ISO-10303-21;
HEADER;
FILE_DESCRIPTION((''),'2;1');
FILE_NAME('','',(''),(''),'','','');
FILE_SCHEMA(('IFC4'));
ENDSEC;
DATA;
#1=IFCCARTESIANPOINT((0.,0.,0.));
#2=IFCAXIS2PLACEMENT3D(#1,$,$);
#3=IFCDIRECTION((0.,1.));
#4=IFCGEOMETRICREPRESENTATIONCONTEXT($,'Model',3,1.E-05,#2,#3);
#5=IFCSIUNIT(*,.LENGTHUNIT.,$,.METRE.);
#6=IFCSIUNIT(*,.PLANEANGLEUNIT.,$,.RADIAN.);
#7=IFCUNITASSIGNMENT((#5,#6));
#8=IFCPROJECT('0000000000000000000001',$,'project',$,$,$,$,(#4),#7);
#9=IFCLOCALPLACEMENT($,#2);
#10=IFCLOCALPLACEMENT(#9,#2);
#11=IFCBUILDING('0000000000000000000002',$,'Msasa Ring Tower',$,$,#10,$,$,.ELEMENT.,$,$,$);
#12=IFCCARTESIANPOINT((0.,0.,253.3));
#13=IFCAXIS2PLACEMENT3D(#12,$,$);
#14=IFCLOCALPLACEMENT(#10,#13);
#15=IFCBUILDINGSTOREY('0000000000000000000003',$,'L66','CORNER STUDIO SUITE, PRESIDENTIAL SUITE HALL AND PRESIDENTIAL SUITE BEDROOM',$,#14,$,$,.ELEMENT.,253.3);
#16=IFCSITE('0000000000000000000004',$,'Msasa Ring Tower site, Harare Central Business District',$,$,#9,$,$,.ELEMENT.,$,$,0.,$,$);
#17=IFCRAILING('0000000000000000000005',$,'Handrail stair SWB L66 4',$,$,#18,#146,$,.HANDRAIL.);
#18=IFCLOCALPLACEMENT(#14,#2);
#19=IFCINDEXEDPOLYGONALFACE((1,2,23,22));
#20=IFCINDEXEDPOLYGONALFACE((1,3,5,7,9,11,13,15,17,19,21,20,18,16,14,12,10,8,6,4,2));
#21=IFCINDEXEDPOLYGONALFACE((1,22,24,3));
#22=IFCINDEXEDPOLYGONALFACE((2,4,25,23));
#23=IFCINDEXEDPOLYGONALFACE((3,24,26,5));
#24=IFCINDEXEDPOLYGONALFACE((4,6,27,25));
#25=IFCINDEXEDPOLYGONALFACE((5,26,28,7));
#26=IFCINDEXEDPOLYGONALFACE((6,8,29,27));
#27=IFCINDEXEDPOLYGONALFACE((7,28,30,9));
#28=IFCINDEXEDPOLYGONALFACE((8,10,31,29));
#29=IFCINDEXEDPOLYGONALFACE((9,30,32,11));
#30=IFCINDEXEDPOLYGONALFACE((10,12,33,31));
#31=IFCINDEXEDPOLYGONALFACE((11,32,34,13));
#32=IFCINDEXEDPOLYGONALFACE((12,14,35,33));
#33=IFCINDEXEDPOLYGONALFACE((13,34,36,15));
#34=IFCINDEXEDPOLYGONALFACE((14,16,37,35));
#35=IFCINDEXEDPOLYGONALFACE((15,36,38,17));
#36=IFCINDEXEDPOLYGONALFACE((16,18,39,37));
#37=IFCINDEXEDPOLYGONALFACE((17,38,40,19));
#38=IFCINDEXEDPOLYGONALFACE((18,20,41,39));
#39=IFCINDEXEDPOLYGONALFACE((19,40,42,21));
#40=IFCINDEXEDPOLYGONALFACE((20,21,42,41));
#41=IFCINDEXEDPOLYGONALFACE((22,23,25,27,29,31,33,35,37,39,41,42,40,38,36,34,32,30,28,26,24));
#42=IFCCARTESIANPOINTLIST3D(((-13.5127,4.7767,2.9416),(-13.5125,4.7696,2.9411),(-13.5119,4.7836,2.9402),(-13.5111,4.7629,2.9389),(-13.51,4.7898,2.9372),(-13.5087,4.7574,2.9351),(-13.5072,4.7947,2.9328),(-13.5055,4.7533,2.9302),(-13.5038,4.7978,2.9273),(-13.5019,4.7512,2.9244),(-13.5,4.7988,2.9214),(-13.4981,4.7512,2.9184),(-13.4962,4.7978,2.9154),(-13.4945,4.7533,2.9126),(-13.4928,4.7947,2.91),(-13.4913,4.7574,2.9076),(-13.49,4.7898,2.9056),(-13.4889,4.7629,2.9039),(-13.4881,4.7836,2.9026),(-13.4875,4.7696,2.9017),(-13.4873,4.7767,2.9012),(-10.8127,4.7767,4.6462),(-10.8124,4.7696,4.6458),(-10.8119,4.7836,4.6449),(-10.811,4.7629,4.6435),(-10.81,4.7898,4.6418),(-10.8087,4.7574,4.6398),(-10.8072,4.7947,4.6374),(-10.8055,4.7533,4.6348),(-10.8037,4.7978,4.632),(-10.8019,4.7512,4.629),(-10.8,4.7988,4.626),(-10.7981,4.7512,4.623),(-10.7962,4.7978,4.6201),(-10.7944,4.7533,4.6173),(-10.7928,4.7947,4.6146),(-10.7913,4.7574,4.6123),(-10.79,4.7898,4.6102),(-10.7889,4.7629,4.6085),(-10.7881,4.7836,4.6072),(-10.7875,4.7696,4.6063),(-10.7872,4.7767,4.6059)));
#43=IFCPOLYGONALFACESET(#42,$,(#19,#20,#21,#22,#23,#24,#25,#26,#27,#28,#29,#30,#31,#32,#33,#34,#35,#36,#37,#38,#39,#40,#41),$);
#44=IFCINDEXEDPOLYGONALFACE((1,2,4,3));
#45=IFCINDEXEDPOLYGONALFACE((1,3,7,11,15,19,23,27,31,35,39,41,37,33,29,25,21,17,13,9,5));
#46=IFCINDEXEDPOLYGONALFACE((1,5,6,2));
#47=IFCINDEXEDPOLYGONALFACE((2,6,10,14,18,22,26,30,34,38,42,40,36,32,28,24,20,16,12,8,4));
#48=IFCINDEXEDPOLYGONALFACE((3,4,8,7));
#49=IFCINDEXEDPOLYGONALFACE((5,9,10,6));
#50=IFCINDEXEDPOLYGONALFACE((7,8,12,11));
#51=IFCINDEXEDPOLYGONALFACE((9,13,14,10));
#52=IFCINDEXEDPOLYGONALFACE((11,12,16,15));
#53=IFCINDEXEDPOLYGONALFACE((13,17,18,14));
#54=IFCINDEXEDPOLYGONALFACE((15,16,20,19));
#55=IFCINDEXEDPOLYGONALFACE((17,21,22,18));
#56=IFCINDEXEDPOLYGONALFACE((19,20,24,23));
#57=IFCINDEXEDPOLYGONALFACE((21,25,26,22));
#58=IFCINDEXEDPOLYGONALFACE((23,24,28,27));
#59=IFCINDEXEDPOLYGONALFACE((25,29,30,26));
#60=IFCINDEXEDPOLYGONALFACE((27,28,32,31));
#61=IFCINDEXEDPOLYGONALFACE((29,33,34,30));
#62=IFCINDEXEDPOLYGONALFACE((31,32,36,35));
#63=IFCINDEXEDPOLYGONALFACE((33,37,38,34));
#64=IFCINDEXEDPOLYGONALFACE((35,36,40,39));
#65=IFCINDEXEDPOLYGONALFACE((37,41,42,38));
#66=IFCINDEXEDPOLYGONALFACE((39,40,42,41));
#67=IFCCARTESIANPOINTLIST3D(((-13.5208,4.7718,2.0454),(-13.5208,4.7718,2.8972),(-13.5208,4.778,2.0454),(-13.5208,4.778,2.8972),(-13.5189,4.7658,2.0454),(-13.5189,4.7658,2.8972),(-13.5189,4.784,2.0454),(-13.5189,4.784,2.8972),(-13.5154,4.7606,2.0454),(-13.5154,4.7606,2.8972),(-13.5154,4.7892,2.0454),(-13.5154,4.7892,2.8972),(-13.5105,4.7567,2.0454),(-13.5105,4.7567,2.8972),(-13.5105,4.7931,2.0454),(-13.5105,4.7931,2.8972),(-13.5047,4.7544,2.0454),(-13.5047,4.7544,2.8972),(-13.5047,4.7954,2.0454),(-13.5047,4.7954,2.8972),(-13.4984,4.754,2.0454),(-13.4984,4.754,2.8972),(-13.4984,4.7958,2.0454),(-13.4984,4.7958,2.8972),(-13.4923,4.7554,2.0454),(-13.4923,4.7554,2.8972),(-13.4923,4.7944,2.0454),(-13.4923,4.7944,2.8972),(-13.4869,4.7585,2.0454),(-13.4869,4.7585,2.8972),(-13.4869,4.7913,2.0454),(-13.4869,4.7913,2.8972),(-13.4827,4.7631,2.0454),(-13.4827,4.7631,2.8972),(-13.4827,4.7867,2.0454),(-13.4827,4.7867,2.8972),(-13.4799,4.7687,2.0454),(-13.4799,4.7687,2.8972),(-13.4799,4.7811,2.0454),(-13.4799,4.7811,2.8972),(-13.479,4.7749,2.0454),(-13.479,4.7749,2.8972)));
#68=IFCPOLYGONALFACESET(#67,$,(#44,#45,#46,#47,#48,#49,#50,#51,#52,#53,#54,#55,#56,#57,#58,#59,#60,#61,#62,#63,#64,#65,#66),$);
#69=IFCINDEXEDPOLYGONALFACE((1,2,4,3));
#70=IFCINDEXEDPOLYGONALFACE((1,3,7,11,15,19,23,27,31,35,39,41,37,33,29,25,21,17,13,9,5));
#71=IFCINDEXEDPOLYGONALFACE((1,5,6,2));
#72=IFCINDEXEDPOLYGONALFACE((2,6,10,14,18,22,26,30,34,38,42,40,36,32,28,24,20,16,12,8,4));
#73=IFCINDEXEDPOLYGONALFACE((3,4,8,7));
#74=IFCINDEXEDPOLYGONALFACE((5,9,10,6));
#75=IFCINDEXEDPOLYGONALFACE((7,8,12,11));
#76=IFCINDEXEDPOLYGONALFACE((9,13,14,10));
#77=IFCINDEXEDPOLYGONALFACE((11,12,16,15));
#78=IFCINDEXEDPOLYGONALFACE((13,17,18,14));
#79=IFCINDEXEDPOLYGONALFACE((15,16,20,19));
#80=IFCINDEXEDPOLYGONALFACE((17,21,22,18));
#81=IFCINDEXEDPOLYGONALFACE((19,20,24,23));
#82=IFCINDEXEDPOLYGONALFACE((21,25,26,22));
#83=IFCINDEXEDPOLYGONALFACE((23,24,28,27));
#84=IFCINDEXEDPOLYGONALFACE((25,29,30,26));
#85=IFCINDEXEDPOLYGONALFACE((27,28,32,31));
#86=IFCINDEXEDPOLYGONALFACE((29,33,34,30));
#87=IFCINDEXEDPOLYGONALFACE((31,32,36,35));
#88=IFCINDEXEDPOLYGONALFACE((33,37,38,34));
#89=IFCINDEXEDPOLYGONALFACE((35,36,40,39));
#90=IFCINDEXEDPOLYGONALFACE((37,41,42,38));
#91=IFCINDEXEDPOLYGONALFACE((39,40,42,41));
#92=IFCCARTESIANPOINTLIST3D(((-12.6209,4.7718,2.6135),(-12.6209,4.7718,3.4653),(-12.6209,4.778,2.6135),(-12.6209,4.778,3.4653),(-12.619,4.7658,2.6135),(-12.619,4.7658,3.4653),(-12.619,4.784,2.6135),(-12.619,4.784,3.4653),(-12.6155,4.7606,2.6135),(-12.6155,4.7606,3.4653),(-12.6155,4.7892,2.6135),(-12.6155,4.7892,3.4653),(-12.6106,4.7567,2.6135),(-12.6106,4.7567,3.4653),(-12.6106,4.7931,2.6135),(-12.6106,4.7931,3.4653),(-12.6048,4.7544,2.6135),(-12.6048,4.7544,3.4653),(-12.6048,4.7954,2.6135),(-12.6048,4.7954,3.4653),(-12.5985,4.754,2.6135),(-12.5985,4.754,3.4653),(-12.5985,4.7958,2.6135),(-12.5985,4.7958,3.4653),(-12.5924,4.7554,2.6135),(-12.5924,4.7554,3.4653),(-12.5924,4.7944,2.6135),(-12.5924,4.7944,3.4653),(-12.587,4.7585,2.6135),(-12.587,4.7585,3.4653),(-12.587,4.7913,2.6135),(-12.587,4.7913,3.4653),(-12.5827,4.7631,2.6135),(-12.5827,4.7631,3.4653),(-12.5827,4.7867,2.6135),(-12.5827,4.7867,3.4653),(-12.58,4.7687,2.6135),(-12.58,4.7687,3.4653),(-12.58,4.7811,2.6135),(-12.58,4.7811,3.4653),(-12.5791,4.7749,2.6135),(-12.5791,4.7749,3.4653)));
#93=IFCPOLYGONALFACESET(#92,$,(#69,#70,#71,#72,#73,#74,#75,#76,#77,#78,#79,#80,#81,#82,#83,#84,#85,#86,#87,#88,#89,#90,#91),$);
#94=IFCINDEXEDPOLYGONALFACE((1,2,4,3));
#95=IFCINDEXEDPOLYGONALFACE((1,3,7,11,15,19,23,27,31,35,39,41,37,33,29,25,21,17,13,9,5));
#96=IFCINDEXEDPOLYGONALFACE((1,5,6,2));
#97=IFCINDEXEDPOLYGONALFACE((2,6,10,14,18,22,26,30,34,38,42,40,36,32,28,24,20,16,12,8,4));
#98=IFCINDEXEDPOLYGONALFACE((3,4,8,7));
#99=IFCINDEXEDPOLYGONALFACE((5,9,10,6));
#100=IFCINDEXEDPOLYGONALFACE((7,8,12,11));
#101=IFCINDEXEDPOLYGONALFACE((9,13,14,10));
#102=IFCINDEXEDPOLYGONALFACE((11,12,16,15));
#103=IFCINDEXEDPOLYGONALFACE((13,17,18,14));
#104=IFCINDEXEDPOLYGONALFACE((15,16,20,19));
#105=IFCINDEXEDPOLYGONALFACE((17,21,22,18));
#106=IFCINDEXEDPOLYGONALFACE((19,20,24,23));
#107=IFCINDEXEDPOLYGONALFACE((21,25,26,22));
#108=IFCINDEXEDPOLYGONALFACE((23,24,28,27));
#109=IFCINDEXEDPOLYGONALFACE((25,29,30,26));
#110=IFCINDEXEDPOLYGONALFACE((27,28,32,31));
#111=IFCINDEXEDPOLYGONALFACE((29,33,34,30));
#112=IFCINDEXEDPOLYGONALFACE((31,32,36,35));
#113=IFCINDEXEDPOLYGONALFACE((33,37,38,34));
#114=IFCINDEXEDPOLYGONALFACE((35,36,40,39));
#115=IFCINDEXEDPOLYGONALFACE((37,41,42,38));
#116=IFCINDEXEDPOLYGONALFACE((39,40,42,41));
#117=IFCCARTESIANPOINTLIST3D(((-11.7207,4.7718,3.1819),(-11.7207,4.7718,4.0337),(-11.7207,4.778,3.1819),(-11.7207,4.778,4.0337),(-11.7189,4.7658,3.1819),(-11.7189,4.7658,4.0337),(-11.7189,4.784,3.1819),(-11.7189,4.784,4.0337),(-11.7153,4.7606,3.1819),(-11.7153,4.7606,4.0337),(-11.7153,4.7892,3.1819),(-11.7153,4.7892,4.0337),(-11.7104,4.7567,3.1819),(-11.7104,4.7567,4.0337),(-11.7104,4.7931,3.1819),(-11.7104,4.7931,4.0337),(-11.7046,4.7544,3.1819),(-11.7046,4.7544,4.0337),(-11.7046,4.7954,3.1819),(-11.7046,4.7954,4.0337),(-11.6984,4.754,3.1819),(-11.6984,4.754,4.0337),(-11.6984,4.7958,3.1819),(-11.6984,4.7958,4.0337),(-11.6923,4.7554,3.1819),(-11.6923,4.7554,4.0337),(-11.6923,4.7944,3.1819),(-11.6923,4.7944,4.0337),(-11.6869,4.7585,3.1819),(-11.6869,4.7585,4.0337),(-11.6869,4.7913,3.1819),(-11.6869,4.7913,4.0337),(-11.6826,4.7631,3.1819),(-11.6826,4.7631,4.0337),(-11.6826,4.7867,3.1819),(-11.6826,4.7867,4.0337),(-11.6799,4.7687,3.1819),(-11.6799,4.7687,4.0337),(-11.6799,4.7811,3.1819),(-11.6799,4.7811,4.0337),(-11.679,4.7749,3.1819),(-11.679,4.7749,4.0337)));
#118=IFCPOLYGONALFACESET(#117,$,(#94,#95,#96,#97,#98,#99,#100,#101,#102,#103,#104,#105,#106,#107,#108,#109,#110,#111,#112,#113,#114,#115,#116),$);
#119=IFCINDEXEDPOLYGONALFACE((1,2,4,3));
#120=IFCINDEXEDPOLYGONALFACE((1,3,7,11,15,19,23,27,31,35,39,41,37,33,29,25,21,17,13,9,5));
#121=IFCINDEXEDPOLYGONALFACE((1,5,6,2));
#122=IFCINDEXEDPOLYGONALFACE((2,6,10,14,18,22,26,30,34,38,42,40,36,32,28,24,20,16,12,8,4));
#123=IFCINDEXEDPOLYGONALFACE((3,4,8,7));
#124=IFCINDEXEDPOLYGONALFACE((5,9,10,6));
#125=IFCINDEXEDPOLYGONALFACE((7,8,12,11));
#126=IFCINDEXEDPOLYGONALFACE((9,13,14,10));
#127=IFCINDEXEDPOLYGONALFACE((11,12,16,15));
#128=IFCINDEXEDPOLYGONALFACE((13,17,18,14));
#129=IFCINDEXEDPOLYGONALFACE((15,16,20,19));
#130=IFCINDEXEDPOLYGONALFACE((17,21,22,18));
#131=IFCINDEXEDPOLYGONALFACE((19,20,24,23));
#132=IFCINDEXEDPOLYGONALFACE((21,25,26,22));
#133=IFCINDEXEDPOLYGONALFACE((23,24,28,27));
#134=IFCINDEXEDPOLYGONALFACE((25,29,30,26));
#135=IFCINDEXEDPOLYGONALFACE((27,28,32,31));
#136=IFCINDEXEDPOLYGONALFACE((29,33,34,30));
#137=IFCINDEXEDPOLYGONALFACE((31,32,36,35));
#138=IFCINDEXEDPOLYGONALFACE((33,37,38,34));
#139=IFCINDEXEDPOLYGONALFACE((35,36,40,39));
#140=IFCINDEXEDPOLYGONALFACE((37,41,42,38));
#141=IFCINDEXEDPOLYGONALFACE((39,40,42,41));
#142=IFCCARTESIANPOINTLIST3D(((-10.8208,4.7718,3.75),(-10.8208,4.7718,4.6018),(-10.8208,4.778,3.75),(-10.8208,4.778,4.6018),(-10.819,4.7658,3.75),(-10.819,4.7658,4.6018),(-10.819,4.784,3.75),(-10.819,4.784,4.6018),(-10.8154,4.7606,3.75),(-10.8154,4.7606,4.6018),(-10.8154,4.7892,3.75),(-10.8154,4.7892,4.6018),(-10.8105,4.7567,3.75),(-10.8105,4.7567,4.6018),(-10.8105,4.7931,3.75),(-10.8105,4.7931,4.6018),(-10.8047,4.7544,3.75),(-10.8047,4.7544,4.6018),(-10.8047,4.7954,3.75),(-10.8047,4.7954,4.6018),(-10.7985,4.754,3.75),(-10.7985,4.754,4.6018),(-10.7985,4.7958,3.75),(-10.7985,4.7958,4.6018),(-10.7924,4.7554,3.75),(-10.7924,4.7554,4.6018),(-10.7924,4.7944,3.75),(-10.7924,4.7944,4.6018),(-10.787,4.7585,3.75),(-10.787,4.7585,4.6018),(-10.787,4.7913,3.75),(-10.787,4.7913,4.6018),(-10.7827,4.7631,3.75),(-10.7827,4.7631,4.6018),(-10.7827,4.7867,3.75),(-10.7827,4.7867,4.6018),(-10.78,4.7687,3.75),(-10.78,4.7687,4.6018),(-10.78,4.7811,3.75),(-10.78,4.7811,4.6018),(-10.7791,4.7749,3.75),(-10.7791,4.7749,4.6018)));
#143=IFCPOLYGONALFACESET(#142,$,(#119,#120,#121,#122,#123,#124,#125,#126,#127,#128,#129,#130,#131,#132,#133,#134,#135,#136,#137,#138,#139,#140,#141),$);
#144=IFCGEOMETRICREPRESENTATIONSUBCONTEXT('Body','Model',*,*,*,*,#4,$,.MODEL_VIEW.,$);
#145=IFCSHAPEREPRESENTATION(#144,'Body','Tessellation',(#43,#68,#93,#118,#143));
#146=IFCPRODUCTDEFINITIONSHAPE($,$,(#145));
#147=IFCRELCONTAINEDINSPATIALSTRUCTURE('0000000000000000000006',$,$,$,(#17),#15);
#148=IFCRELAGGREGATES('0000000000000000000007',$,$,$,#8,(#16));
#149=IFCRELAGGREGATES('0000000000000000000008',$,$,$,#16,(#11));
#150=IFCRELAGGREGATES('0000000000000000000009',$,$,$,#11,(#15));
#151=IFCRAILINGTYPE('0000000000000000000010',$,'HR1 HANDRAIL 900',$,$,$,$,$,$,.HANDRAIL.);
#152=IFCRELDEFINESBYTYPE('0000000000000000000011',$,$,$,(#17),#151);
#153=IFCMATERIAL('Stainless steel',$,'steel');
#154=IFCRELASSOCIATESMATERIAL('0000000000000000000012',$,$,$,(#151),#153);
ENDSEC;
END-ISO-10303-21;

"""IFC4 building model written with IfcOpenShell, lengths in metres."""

from ifc_helpers import new_model, si_unit, direction, frame, origin, origin_2d, place, context, subcontext, project, spatial, circle, extrude, material, type_object, element, save


model = new_model("IFC4")

# Units and contexts
model_context = context("Model", 3, precision=1e-05, world=origin(), true_north=direction((0.0, 1.0)))
body_context = subcontext(model_context, "Body", "Model", "MODEL_VIEW")
ifc_project = project(units=[si_unit("LENGTHUNIT", "METRE"), si_unit("PLANEANGLEUNIT", "RADIAN")], contexts=[model_context])

# Site, building, storey
site_placement = place(None, origin())
site = spatial("IfcSite", under=ifc_project, at=site_placement, Name="Msasa Ring Tower site, Harare Central Business District", CompositionType="ELEMENT", RefElevation=0.0)
building_placement = place(site_placement, origin())
building = spatial("IfcBuilding", under=site, at=building_placement, Name="Msasa Ring Tower", CompositionType="ELEMENT")
storey_placement = place(building_placement, frame((0.0, 0.0, 253.3)))
storey = spatial("IfcBuildingStorey", under=building, at=storey_placement, Name="L66", Description="CORNER STUDIO SUITE, PRESIDENTIAL SUITE HALL AND PRESIDENTIAL SUITE BEDROOM", CompositionType="ELEMENT", Elevation=253.3)

# Railing
ifc_material_1 = material(Name="Stainless steel", Category="steel")
railing_type = type_object("IfcRailingType", Name="HR1 HANDRAIL 900", PredefinedType="HANDRAIL", material=ifc_material_1)
for number, where, name in (
    (1, (-13.5, 4.7749, 2.0454), "Handrail stair SWB L66 4"),
):
    element("IfcRailing", number, at=place(storey_placement, frame(where)), inside=storey, type_object=railing_type, Name=name, PredefinedType="HANDRAIL", context=body_context, shape_type="SweptSolid", body=[
        extrude(circle(Radius=0.0239, at=origin_2d()), frame((0.0, 0.0, 0.876), z_axis=(0.84558, 0.0, 0.533849), x_axis=(0.0, 1.0, 0.0)), (0.0, 0.0, 1.0), 3.1931),
        extrude(circle(Radius=0.021, at=origin_2d()), origin(), (0.0, 0.0, 1.0), 0.8518),
        extrude(circle(Radius=0.021, at=origin_2d()), frame((0.8999, 0.0, 0.5681)), (0.0, 0.0, 1.0), 0.8518),
        extrude(circle(Radius=0.021, at=origin_2d()), frame((1.8, 0.0, 1.1365)), (0.0, 0.0, 1.0), 0.8518),
        extrude(circle(Radius=0.021, at=origin_2d()), frame((2.7, 0.0, 1.7046)), (0.0, 0.0, 1.0), 0.8518),
    ])

save(model, "model.ifc")
